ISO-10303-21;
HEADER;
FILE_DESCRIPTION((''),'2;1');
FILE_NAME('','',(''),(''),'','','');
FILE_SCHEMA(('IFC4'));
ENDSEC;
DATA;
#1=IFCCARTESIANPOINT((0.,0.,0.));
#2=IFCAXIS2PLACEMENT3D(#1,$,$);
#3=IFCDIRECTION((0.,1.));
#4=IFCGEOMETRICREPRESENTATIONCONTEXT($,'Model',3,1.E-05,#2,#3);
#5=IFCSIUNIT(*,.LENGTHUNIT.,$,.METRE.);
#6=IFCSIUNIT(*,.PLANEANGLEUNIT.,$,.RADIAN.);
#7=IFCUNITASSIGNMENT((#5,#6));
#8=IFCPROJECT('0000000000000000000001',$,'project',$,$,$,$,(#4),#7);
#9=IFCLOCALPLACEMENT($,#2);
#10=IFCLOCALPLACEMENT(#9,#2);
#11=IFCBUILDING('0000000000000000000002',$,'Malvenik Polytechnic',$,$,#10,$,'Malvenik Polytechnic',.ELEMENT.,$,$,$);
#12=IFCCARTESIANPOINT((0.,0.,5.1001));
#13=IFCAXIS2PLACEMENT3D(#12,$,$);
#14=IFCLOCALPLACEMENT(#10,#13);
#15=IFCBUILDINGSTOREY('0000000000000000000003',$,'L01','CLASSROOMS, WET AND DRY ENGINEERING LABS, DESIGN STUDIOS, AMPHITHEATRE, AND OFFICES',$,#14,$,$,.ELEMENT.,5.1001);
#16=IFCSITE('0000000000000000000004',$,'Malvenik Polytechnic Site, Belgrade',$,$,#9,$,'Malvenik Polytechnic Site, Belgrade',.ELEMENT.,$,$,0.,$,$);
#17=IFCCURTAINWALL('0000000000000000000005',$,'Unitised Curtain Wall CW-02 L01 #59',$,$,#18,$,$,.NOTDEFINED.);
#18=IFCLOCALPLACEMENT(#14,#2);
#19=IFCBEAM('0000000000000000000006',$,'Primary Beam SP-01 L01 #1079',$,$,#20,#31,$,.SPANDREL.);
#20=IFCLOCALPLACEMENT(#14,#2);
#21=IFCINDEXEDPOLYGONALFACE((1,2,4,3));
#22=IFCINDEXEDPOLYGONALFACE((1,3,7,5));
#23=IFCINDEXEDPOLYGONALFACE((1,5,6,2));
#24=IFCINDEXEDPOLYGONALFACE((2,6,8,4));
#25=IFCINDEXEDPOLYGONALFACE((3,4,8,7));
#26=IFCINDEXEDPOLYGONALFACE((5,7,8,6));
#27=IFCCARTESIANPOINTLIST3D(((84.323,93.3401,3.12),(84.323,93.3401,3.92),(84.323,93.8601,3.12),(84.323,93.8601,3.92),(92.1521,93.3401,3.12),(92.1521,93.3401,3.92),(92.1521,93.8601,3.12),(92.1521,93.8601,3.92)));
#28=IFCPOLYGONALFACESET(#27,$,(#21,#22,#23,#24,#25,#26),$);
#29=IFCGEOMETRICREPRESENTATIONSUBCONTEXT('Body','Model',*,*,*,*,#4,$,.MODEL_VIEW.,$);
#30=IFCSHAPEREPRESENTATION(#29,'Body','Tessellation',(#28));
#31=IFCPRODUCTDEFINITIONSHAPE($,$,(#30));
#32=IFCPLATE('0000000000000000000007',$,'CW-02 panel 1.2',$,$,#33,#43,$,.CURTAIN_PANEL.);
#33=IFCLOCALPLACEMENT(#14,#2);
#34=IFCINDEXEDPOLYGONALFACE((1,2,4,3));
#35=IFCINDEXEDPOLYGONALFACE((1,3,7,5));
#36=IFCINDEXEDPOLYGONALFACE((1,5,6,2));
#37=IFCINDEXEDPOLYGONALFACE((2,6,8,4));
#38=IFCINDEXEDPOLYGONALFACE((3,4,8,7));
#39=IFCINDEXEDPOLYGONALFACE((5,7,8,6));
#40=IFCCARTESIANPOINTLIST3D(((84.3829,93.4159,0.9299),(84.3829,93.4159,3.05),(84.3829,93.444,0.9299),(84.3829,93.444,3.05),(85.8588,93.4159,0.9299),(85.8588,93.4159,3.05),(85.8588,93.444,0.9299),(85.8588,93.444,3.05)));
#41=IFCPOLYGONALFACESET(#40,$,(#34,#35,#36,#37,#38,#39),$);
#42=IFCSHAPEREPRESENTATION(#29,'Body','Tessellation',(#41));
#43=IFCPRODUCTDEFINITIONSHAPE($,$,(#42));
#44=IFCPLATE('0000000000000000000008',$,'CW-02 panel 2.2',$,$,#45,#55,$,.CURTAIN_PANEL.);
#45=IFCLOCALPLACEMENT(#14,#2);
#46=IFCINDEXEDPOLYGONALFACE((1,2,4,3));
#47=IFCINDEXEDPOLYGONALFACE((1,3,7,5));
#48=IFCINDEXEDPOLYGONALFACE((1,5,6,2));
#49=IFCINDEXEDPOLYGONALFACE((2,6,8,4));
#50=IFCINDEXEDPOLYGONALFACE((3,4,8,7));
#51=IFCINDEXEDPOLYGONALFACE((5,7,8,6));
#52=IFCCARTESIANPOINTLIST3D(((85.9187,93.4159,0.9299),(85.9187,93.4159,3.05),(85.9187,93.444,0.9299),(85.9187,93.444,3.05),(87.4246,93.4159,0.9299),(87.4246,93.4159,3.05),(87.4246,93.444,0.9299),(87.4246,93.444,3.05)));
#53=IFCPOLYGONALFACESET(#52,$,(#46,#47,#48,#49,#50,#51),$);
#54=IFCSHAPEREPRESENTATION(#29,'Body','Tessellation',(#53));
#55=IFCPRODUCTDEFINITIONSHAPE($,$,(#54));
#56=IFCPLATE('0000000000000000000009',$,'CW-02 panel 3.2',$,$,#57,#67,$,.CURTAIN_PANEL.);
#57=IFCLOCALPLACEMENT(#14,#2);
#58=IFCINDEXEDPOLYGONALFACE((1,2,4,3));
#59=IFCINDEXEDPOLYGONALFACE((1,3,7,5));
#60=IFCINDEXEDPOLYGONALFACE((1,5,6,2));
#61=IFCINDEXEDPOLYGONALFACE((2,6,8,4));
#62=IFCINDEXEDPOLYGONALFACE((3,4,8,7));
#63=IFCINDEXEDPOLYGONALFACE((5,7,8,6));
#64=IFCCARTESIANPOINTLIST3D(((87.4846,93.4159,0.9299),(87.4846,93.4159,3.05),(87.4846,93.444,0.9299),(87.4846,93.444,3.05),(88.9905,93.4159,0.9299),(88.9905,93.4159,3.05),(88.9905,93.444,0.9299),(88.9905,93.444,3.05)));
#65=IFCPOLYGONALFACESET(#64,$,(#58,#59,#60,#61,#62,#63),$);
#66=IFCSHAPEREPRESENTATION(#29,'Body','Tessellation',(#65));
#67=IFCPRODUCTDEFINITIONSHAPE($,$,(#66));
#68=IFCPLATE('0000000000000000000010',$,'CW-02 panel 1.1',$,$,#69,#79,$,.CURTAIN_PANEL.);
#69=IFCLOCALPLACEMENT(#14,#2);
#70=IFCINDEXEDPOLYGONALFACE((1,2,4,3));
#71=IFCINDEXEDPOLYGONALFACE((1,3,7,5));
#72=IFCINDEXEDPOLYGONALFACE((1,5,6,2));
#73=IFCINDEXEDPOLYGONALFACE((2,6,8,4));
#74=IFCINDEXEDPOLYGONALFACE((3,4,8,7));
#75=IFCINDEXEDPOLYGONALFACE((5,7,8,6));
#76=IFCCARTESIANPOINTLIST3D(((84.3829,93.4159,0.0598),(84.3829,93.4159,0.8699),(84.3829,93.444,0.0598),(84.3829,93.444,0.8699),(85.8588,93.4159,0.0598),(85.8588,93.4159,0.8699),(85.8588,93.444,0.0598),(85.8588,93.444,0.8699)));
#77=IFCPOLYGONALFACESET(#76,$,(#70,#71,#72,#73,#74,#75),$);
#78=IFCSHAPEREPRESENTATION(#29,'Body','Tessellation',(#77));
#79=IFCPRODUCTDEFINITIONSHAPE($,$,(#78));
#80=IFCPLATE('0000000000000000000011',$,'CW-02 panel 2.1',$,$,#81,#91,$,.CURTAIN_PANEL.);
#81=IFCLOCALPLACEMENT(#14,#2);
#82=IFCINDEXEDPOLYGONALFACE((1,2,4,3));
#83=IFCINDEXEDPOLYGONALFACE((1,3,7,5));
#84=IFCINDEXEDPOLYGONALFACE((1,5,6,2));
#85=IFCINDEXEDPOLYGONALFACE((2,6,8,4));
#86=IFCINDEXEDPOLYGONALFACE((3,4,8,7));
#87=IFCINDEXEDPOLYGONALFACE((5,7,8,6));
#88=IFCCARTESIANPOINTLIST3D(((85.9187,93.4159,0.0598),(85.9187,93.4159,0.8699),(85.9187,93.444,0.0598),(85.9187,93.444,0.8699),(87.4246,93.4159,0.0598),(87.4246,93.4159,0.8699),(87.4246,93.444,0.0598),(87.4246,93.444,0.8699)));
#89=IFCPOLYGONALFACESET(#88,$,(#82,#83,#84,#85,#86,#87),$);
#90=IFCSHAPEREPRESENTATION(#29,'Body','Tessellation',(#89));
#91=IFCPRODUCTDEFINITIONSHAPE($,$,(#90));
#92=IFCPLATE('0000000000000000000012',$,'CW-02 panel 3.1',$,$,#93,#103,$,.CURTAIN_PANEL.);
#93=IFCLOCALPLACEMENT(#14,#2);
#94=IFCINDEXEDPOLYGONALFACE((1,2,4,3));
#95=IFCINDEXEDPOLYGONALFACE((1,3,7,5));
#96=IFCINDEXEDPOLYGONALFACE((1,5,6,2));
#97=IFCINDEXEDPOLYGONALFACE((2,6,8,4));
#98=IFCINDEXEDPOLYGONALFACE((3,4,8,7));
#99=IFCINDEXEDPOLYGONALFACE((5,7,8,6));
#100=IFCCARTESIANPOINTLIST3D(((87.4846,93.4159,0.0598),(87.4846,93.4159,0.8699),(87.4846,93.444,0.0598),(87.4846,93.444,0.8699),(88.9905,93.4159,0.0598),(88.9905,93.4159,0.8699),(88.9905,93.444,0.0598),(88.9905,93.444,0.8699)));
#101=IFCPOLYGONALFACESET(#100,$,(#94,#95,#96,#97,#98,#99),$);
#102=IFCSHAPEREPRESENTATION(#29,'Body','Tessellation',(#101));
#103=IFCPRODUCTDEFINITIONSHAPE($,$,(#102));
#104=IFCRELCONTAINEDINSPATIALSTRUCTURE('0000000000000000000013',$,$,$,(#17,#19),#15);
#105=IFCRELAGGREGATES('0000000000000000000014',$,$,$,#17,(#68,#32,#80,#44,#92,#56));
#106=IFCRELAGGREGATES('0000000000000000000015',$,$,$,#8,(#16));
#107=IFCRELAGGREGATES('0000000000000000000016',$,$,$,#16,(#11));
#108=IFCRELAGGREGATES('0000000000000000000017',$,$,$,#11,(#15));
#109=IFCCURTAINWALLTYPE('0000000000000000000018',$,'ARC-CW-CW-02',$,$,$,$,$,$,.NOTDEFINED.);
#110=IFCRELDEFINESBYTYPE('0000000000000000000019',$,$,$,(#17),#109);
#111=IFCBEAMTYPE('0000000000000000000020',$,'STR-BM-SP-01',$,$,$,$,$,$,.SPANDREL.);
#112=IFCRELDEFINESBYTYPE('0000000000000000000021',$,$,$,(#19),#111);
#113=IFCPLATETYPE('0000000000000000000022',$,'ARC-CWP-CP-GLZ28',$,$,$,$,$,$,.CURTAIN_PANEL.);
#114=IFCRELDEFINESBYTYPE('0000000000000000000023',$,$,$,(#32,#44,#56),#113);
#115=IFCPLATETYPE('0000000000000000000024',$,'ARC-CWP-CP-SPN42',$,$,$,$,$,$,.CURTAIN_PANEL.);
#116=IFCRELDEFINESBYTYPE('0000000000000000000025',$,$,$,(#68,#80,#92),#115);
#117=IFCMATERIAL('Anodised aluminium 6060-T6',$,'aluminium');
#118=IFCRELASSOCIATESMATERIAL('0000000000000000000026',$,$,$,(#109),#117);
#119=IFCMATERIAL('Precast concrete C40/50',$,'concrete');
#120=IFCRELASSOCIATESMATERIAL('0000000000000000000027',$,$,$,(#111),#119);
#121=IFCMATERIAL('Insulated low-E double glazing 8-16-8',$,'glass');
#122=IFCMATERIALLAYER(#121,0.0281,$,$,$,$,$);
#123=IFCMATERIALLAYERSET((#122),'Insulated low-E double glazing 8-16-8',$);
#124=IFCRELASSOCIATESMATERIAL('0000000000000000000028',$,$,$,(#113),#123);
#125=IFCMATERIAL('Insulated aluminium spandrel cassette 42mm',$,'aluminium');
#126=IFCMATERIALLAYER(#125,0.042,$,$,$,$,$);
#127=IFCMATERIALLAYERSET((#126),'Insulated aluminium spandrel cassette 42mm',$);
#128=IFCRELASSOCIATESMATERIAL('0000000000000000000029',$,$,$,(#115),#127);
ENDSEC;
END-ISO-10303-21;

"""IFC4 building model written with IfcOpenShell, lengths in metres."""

from ifc_helpers import new_model, si_unit, direction, frame, origin, origin_2d, place, context, subcontext, project, spatial, rectangle, extrude, material, layer, layer_set, material_profile, profile_set, type_object, element, aggregate, save


model = new_model("IFC4")

# Units and contexts
model_context = context("Model", 3, precision=1e-05, world=origin(), true_north=direction((0.0, 1.0)))
body_context = subcontext(model_context, "Body", "Model", "MODEL_VIEW")
ifc_project = project(units=[si_unit("LENGTHUNIT", "METRE"), si_unit("PLANEANGLEUNIT", "RADIAN")], contexts=[model_context])

# Site, building, storey
site_placement = place(None, origin())
site = spatial("IfcSite", under=ifc_project, at=site_placement, Name="Malvenik Polytechnic Site, Belgrade", LongName="Malvenik Polytechnic Site, Belgrade", CompositionType="ELEMENT", RefElevation=0.0)
building_placement = place(site_placement, origin())
building = spatial("IfcBuilding", under=site, at=building_placement, Name="Malvenik Polytechnic", LongName="Malvenik Polytechnic", CompositionType="ELEMENT")
storey_placement = place(building_placement, frame((0.0, 0.0, 5.1001)))
storey = spatial("IfcBuildingStorey", under=building, at=storey_placement, Name="L01", Description="CLASSROOMS, WET AND DRY ENGINEERING LABS, DESIGN STUDIOS, AMPHITHEATRE, AND OFFICES", CompositionType="ELEMENT", Elevation=5.1001)

# Curtain wall
ifc_material_1 = material(Name="Anodised aluminium 6060-T6", Category="aluminium")
curtain_wall_type = type_object("IfcCurtainWallType", Name="ARC-CW-CW-02", PredefinedType="NOTDEFINED", material=ifc_material_1)
curtain_wall_placement = place(storey_placement, origin())
curtain_wall = element("IfcCurtainWall", 1, at=curtain_wall_placement, inside=storey, type_object=curtain_wall_type, Name="Unitised Curtain Wall CW-02 L01 #59", PredefinedType="NOTDEFINED")

# Beam
ifc_material_2 = material(Name="Precast concrete C40/50", Category="concrete")
ifc_material_profile_1 = material_profile(ifc_material_2, rectangle(XDim=0.52, YDim=0.8, at=origin_2d()), Name="PC SPN 520x800")
ifc_profile_set_1 = profile_set([ifc_material_profile_1], Name="Precast concrete C40/50")
beam_type_1 = type_object("IfcBeamType", Name="STR-BM-SP-01", PredefinedType="SPANDREL", material=ifc_profile_set_1)
beam_1_placement = place(storey_placement, frame((84.323, 93.6001, 3.52), z_axis=(1.0, 0.0, 0.0), x_axis=(0.0, 1.0, 0.0)))
element("IfcBeam", 2, at=beam_1_placement, inside=storey, type_object=beam_type_1, Name="Primary Beam SP-01 L01 #1079", PredefinedType="SPANDREL", context=body_context, shape_type="SweptSolid", body=[
    extrude(rectangle(XDim=0.52, YDim=0.8, at=origin_2d()), origin(), (0.0, 0.0, 1.0), 7.8291),
])

# Plates
ifc_material_3 = material(Name="Insulated low-E double glazing 8-16-8", Category="glass")
ifc_layer_1 = layer(ifc_material_3, 0.0281)
ifc_layer_set_1 = layer_set([ifc_layer_1], Name="Insulated low-E double glazing 8-16-8")
plate_type_1 = type_object("IfcPlateType", Name="ARC-CWP-CP-GLZ28", PredefinedType="CURTAIN_PANEL", material=ifc_layer_set_1)
plate_1_placement = place(storey_placement, frame((85.1208, 93.4299, 0.9299), z_axis=(0.0, 0.0, 1.0), x_axis=(1.0, 0.0, 0.0)))
plate_1 = element("IfcPlate", 3, at=plate_1_placement, type_object=plate_type_1, Name="CW-02 panel 1.2", PredefinedType="CURTAIN_PANEL", context=body_context, shape_type="SweptSolid", body=[
    extrude(rectangle(XDim=1.4758, YDim=0.0281, at=origin_2d()), origin(), (0.0, 0.0, 1.0), 2.1201),
])
plate_2_placement = place(storey_placement, frame((86.6716, 93.4299, 0.9299), z_axis=(0.0, 0.0, 1.0), x_axis=(1.0, 0.0, 0.0)))
plate_2 = element("IfcPlate", 4, at=plate_2_placement, type_object=plate_type_1, Name="CW-02 panel 2.2", PredefinedType="CURTAIN_PANEL", context=body_context, shape_type="SweptSolid", body=[
    extrude(rectangle(XDim=1.5059, YDim=0.0281, at=origin_2d()), origin(), (0.0, 0.0, 1.0), 2.1201),
])
plate_3_placement = place(storey_placement, frame((88.2375, 93.4299, 0.9299), z_axis=(0.0, 0.0, 1.0), x_axis=(1.0, 0.0, 0.0)))
plate_3 = element("IfcPlate", 5, at=plate_3_placement, type_object=plate_type_1, Name="CW-02 panel 3.2", PredefinedType="CURTAIN_PANEL", context=body_context, shape_type="SweptSolid", body=[
    extrude(rectangle(XDim=1.5059, YDim=0.0281, at=origin_2d()), origin(), (0.0, 0.0, 1.0), 2.1201),
])
ifc_material_4 = material(Name="Insulated aluminium spandrel cassette 42mm", Category="aluminium")
ifc_layer_2 = layer(ifc_material_4, 0.042)
ifc_layer_set_2 = layer_set([ifc_layer_2], Name="Insulated aluminium spandrel cassette 42mm")
plate_type_2 = type_object("IfcPlateType", Name="ARC-CWP-CP-SPN42", PredefinedType="CURTAIN_PANEL", material=ifc_layer_set_2)
plate_4_placement = place(storey_placement, frame((85.1208, 93.4299, 0.0598), z_axis=(0.0, 0.0, 1.0), x_axis=(1.0, 0.0, 0.0)))
plate_4 = element("IfcPlate", 6, at=plate_4_placement, type_object=plate_type_2, Name="CW-02 panel 1.1", PredefinedType="CURTAIN_PANEL", context=body_context, shape_type="SweptSolid", body=[
    extrude(rectangle(XDim=1.4758, YDim=0.0281, at=origin_2d()), origin(), (0.0, 0.0, 1.0), 0.8101),
])
plate_5_placement = place(storey_placement, frame((86.6716, 93.4299, 0.0598), z_axis=(0.0, 0.0, 1.0), x_axis=(1.0, 0.0, 0.0)))
plate_5 = element("IfcPlate", 7, at=plate_5_placement, type_object=plate_type_2, Name="CW-02 panel 2.1", PredefinedType="CURTAIN_PANEL", context=body_context, shape_type="SweptSolid", body=[
    extrude(rectangle(XDim=1.5059, YDim=0.0281, at=origin_2d()), origin(), (0.0, 0.0, 1.0), 0.8101),
])
plate_6_placement = place(storey_placement, frame((88.2375, 93.4299, 0.0598), z_axis=(0.0, 0.0, 1.0), x_axis=(1.0, 0.0, 0.0)))
plate_6 = element("IfcPlate", 8, at=plate_6_placement, type_object=plate_type_2, Name="CW-02 panel 3.1", PredefinedType="CURTAIN_PANEL", context=body_context, shape_type="SweptSolid", body=[
    extrude(rectangle(XDim=1.5059, YDim=0.0281, at=origin_2d()), origin(), (0.0, 0.0, 1.0), 0.8101),
])
aggregate(curtain_wall, [plate_4, plate_1, plate_5, plate_2, plate_6, plate_3])

save(model, "model.ifc")
